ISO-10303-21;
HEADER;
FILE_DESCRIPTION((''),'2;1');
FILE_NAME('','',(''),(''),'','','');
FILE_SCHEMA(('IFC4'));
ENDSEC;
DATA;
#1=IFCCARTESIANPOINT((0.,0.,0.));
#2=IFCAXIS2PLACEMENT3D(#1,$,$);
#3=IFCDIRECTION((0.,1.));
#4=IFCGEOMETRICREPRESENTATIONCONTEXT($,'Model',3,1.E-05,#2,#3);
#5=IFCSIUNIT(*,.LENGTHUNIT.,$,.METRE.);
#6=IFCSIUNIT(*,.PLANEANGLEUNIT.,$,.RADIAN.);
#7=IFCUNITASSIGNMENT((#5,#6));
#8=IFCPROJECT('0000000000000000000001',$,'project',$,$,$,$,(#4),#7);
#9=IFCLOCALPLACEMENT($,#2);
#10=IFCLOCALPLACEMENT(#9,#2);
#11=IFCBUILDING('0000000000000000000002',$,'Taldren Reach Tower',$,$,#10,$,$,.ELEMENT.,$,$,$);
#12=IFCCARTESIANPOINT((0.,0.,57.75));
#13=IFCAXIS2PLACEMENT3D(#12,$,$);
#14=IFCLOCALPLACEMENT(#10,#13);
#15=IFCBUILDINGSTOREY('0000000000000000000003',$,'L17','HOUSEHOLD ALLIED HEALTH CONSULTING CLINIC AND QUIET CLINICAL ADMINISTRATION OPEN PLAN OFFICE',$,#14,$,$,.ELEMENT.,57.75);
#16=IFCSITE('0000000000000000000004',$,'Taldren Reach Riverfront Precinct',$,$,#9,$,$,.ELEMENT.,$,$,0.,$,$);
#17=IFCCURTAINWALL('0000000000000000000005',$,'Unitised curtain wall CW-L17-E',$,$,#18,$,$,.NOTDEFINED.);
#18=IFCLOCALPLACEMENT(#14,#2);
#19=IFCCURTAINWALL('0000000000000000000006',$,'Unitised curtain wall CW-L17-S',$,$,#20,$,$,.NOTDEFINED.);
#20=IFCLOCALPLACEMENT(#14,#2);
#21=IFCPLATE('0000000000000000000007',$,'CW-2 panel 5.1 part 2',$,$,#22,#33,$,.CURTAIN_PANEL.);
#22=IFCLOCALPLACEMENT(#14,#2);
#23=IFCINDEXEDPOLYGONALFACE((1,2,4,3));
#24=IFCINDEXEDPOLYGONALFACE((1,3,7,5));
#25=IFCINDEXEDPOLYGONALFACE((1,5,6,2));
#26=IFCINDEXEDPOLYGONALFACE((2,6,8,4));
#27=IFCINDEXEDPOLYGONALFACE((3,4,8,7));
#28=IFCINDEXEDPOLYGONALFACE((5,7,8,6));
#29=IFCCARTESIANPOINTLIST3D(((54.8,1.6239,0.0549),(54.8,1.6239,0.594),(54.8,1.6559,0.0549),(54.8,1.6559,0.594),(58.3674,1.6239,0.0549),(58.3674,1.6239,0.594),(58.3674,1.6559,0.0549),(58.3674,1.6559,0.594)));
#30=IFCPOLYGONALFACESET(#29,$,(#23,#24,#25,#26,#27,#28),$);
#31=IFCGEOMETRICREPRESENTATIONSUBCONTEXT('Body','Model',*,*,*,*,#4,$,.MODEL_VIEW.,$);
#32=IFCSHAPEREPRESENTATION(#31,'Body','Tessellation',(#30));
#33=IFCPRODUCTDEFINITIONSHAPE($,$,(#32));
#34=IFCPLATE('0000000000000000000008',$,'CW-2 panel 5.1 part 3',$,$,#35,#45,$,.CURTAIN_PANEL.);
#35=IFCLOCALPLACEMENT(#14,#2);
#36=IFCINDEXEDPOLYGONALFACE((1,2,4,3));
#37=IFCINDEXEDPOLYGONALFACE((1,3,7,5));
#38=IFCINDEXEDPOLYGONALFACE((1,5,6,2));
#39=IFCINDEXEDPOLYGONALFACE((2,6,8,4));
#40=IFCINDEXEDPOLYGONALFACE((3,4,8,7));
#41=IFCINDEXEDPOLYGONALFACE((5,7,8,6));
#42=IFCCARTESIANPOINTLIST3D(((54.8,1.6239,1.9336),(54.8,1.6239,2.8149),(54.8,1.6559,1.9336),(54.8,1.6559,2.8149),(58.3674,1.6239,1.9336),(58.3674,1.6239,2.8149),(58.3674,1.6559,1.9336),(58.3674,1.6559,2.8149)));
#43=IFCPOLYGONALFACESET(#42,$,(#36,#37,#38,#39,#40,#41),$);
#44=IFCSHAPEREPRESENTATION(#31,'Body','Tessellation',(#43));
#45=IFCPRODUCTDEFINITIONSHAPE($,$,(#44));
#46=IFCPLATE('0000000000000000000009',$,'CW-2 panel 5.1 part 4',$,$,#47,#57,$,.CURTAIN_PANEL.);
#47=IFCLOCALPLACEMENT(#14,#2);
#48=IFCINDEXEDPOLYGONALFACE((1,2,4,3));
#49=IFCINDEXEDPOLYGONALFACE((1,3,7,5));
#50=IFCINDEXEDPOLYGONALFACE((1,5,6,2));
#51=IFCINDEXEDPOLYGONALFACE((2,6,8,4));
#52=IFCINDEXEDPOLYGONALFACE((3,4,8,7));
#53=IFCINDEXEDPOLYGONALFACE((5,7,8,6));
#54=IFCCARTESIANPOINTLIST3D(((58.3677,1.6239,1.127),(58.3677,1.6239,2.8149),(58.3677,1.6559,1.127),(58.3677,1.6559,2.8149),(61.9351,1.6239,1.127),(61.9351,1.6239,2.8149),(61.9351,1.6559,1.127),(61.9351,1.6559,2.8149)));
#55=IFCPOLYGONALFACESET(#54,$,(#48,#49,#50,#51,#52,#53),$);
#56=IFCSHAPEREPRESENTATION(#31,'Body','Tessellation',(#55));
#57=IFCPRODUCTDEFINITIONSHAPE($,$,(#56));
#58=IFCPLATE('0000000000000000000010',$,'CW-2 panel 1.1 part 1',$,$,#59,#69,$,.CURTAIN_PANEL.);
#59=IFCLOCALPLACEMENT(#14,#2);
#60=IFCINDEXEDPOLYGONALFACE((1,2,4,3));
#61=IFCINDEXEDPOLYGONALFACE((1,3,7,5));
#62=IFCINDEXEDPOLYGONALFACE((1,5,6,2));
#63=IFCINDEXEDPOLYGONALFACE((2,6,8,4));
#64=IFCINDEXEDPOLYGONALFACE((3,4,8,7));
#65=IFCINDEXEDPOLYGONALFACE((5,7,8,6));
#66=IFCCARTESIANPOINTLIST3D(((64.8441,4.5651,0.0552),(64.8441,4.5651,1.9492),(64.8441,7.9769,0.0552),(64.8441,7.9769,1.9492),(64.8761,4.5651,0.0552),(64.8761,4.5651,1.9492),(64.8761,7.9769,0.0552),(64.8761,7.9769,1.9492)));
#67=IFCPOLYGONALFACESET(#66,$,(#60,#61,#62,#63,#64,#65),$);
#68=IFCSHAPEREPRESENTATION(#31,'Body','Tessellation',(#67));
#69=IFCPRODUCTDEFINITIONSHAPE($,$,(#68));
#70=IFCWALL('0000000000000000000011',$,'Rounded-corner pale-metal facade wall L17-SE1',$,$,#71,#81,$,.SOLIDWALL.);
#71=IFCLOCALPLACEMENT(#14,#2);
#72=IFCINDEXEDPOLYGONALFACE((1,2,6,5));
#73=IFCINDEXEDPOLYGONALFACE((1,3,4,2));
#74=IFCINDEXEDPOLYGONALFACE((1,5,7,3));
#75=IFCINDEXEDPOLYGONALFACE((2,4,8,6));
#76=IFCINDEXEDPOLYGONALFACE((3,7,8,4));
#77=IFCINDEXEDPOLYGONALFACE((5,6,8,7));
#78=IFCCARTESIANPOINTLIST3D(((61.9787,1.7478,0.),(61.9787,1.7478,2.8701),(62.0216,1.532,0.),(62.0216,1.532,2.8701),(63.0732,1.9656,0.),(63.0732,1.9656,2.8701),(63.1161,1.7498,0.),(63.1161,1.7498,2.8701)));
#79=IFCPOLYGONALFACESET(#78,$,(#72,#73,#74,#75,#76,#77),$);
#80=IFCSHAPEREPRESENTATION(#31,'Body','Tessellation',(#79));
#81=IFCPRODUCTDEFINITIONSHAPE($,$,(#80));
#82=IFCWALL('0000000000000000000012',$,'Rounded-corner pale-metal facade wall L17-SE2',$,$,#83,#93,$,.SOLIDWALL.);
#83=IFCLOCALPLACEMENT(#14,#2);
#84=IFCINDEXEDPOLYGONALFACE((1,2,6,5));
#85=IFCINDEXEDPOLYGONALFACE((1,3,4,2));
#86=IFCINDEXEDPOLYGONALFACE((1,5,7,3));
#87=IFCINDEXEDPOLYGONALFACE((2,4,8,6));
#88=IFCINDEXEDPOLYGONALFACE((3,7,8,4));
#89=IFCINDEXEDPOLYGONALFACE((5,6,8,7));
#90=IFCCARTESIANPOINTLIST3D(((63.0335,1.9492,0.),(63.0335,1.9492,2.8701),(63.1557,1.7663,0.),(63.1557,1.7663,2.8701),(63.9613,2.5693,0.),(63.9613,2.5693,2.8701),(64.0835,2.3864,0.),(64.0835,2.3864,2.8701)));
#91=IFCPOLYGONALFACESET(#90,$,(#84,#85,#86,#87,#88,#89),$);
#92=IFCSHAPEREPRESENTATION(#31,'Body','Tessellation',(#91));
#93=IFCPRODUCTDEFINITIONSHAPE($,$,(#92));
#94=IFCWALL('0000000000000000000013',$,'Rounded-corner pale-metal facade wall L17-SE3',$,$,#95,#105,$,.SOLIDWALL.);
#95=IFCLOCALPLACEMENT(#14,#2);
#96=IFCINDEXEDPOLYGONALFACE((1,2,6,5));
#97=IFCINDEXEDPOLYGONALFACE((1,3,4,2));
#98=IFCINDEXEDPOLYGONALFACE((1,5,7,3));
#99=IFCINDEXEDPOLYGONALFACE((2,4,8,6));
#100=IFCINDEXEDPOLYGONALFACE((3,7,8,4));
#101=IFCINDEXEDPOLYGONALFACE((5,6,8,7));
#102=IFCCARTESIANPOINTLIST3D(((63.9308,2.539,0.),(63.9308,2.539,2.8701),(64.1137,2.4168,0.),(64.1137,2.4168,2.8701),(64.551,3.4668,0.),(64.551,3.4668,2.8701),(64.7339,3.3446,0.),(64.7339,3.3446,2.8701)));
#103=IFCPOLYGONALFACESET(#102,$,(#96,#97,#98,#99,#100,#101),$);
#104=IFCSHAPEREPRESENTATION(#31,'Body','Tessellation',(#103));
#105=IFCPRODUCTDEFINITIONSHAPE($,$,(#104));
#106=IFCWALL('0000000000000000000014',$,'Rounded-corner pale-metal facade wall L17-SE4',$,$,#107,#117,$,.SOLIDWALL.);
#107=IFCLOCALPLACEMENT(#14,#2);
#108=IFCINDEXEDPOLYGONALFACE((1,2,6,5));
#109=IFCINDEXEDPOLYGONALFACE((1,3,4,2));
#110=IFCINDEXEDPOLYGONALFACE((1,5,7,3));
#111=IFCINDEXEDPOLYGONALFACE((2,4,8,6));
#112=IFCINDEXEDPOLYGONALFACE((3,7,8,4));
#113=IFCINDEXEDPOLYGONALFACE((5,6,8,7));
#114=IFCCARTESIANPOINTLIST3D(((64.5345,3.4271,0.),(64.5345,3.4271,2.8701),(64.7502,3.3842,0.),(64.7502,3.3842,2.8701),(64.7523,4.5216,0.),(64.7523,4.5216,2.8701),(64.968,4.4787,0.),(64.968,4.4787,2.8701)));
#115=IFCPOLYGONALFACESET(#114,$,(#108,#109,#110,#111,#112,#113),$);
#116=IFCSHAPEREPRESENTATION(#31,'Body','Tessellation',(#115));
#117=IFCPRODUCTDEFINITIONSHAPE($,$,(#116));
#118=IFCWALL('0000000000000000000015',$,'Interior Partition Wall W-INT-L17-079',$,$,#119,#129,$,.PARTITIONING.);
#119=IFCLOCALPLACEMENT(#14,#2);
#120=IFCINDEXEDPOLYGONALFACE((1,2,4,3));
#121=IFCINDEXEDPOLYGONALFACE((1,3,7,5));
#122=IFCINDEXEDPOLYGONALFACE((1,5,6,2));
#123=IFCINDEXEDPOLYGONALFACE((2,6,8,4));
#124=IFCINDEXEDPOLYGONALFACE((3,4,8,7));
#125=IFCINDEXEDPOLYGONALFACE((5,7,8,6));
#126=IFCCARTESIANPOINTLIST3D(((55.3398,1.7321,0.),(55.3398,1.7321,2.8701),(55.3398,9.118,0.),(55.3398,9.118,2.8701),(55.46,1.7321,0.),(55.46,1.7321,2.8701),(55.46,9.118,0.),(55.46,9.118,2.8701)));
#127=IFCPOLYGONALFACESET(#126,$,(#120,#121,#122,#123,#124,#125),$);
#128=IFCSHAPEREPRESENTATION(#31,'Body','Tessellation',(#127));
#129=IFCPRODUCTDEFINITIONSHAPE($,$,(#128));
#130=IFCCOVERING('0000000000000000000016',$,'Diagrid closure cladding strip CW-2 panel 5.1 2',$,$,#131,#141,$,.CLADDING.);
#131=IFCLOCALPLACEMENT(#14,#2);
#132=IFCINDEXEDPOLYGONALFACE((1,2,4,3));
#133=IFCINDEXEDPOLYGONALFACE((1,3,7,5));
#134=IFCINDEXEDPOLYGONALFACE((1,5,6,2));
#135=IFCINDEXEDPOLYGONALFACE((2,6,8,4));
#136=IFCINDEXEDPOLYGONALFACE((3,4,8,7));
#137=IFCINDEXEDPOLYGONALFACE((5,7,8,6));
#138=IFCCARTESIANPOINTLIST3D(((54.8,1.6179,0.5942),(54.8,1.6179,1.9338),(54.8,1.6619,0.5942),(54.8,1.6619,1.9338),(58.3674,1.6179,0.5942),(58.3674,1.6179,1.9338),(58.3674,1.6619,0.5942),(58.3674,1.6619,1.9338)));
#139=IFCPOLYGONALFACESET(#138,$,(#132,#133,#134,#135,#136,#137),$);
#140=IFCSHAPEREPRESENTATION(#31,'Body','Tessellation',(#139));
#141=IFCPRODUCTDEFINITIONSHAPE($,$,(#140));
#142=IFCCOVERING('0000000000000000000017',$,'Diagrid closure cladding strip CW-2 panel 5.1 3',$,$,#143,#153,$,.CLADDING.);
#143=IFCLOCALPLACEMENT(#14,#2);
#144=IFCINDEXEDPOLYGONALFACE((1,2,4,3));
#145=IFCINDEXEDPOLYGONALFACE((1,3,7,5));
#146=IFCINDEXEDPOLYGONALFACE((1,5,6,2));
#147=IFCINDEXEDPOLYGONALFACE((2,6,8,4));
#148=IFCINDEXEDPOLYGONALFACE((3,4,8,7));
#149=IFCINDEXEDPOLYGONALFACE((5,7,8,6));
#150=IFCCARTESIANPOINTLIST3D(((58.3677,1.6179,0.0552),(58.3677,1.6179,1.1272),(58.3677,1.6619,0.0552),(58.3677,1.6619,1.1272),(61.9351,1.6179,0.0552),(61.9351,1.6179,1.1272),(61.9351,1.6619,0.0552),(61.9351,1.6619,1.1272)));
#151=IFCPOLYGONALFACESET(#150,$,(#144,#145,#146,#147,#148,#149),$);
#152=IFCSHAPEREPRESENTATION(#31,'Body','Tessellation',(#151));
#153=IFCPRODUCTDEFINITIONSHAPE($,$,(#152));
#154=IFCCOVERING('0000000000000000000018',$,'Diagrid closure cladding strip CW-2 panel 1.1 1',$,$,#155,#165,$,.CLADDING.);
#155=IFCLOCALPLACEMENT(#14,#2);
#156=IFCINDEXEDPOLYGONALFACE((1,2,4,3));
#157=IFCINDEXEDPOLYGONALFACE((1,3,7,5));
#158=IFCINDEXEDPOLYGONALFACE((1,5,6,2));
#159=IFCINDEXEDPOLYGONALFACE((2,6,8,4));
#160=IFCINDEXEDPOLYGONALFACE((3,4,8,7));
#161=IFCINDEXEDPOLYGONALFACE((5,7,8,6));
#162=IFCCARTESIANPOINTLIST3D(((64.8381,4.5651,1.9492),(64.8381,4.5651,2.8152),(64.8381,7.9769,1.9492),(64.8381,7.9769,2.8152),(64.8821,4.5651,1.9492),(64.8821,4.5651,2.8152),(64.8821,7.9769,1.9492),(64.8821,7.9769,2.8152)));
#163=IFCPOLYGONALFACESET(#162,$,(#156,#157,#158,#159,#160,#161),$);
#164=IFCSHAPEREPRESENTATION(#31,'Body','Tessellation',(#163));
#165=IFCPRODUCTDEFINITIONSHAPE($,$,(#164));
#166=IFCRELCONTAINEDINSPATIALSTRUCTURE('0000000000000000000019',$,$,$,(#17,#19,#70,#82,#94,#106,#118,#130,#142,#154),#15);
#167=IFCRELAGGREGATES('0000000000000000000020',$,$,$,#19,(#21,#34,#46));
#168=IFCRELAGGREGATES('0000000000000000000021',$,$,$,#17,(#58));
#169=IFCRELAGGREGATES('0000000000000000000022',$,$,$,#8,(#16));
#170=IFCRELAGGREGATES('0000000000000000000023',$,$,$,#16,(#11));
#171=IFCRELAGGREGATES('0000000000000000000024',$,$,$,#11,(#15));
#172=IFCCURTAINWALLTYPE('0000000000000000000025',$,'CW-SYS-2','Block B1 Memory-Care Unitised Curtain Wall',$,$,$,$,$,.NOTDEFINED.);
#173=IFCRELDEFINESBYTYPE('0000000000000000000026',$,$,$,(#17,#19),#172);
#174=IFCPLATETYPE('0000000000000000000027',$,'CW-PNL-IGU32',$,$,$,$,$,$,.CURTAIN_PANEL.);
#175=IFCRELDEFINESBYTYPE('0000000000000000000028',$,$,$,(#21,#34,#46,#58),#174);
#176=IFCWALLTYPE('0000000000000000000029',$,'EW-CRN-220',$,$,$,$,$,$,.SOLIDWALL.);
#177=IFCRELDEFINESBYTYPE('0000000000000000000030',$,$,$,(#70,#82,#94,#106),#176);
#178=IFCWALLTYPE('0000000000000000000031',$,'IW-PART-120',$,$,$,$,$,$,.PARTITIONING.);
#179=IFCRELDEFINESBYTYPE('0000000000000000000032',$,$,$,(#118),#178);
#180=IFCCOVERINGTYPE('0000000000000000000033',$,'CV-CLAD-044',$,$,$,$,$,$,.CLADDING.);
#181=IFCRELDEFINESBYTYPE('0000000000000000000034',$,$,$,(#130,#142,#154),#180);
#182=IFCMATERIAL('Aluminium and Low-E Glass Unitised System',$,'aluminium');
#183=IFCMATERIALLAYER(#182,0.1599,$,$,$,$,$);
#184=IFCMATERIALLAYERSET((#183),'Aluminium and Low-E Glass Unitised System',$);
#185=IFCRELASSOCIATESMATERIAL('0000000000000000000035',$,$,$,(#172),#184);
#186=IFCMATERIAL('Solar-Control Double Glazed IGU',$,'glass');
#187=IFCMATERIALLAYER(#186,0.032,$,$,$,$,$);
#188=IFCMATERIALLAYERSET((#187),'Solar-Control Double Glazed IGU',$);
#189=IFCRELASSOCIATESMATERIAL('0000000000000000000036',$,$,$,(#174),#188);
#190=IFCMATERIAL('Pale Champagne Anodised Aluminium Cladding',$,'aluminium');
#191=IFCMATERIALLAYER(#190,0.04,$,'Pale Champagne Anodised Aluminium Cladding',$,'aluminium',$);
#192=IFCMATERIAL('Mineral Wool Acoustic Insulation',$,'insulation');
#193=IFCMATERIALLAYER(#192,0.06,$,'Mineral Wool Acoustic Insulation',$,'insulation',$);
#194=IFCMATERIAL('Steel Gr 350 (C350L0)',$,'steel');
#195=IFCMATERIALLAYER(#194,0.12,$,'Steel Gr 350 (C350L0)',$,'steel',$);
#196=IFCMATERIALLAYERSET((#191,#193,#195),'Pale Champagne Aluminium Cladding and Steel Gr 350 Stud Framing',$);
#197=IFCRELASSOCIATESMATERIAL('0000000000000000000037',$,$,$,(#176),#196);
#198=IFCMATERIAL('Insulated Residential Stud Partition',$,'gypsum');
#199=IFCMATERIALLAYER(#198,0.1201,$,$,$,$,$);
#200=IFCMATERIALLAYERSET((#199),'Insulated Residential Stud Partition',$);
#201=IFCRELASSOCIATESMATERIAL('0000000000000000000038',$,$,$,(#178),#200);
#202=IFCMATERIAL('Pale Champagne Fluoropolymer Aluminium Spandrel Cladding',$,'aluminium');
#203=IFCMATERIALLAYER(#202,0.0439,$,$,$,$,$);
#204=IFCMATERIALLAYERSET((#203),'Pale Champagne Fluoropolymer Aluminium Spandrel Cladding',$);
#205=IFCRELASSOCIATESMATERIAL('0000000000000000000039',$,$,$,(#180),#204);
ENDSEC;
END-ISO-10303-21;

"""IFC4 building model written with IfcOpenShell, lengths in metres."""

from ifc_helpers import new_model, si_unit, direction, frame, frame_2d, origin, origin_2d, place, context, subcontext, project, spatial, rectangle, extrude, source, transform, mapped, material, layer, layer_set, type_object, element, aggregate, save


model = new_model("IFC4")

# Units and contexts
model_context = context("Model", 3, precision=1e-05, world=origin(), true_north=direction((0.0, 1.0)))
body_context = subcontext(model_context, "Body", "Model", "MODEL_VIEW")
ifc_project = project(units=[si_unit("LENGTHUNIT", "METRE"), si_unit("PLANEANGLEUNIT", "RADIAN")], contexts=[model_context])

# Site, building, storey
site_placement = place(None, origin())
site = spatial("IfcSite", under=ifc_project, at=site_placement, Name="Taldren Reach Riverfront Precinct", CompositionType="ELEMENT", RefElevation=0.0)
building_placement = place(site_placement, origin())
building = spatial("IfcBuilding", under=site, at=building_placement, Name="Taldren Reach Tower", CompositionType="ELEMENT")
storey_placement = place(building_placement, frame((0.0, 0.0, 57.75)))
storey = spatial("IfcBuildingStorey", under=building, at=storey_placement, Name="L17", Description="HOUSEHOLD ALLIED HEALTH CONSULTING CLINIC AND QUIET CLINICAL ADMINISTRATION OPEN PLAN OFFICE", CompositionType="ELEMENT", Elevation=57.75)

# Shared definitions
ifc_material_1 = material(Name="Steel Gr 350 (C350L0)", Category="steel")

# Curtain wall
ifc_material_2 = material(Name="Aluminium and Low-E Glass Unitised System", Category="aluminium")
ifc_layer_1 = layer(ifc_material_2, 0.1599)
ifc_layer_set_1 = layer_set([ifc_layer_1], Name="Aluminium and Low-E Glass Unitised System")
curtain_wall_type = type_object("IfcCurtainWallType", Name="CW-SYS-2", Description="Block B1 Memory-Care Unitised Curtain Wall", PredefinedType="NOTDEFINED", material=ifc_layer_set_1)
curtain_wall_1_placement = place(storey_placement, origin())
curtain_wall_1 = element("IfcCurtainWall", 1, at=curtain_wall_1_placement, inside=storey, type_object=curtain_wall_type, Name="Unitised curtain wall CW-L17-E", PredefinedType="NOTDEFINED")

# Curtain wall
curtain_wall_2_placement = place(storey_placement, origin())
curtain_wall_2 = element("IfcCurtainWall", 2, at=curtain_wall_2_placement, inside=storey, type_object=curtain_wall_type, Name="Unitised curtain wall CW-L17-S", PredefinedType="NOTDEFINED")

# Plates
ifc_material_3 = material(Name="Solar-Control Double Glazed IGU", Category="glass")
ifc_layer_2 = layer(ifc_material_3, 0.032)
ifc_layer_set_2 = layer_set([ifc_layer_2], Name="Solar-Control Double Glazed IGU")
plate_type_1 = type_object("IfcPlateType", Name="CW-PNL-IGU32", PredefinedType="CURTAIN_PANEL", material=ifc_layer_set_2)
shared_shape_1 = source(origin(), body_context, "Body", "SweptSolid", [
    extrude(rectangle(XDim=3.5674, YDim=0.032, at=origin_2d()), origin(), (0.0, 0.0, 1.0), 0.5391),
])
plate_1_placement = place(storey_placement, frame((56.5837, 1.6399, 0.0549), z_axis=(0.0, 0.0, 1.0), x_axis=(1.0, 0.0, 0.0)))
plate_1 = element("IfcPlate", 3, at=plate_1_placement, type_object=plate_type_1, Name="CW-2 panel 5.1 part 2", PredefinedType="CURTAIN_PANEL", context=body_context, shape_type="MappedRepresentation", body=[
    mapped(shared_shape_1, transform((0.0, 0.0, 0.0), scale=1.0)),
])
shared_shape_2 = source(origin(), body_context, "Body", "SweptSolid", [
    extrude(rectangle(XDim=3.5674, YDim=0.032, at=origin_2d()), origin(), (0.0, 0.0, 1.0), 0.8813),
])
plate_2_placement = place(storey_placement, frame((56.5837, 1.6399, 1.9336), z_axis=(0.0, 0.0, 1.0), x_axis=(1.0, 0.0, 0.0)))
plate_2 = element("IfcPlate", 4, at=plate_2_placement, type_object=plate_type_1, Name="CW-2 panel 5.1 part 3", PredefinedType="CURTAIN_PANEL", context=body_context, shape_type="MappedRepresentation", body=[
    mapped(shared_shape_2, transform((0.0, 0.0, 0.0), scale=1.0)),
])
shared_shape_3 = source(origin(), body_context, "Body", "SweptSolid", [
    extrude(rectangle(XDim=3.5674, YDim=0.032, at=origin_2d()), origin(), (0.0, 0.0, 1.0), 1.688),
])
plate_3_placement = place(storey_placement, frame((60.1514, 1.6399, 1.127), z_axis=(0.0, 0.0, 1.0), x_axis=(1.0, 0.0, 0.0)))
plate_3 = element("IfcPlate", 5, at=plate_3_placement, type_object=plate_type_1, Name="CW-2 panel 5.1 part 4", PredefinedType="CURTAIN_PANEL", context=body_context, shape_type="MappedRepresentation", body=[
    mapped(shared_shape_3, transform((0.0, 0.0, 0.0), scale=1.0)),
])
aggregate(curtain_wall_2, [plate_1, plate_2, plate_3])
shared_shape_4 = source(origin(), body_context, "Body", "SweptSolid", [
    extrude(rectangle(XDim=3.4119, YDim=0.032, at=origin_2d()), origin(), (0.0, 0.0, 1.0), 1.894),
])
plate_4_placement = place(storey_placement, frame((64.8601, 6.271, 0.0552), z_axis=(0.0, 0.0, 1.0), x_axis=(0.0, 1.0, 0.0)))
plate_4 = element("IfcPlate", 6, at=plate_4_placement, type_object=plate_type_1, Name="CW-2 panel 1.1 part 1", PredefinedType="CURTAIN_PANEL", context=body_context, shape_type="MappedRepresentation", body=[
    mapped(shared_shape_4, transform((0.0, 0.0, 0.0), scale=1.0)),
])
aggregate(curtain_wall_1, [plate_4])

# Walls
ifc_material_4 = material(Name="Pale Champagne Anodised Aluminium Cladding", Category="aluminium")
ifc_layer_3 = layer(ifc_material_4, 0.04, Name="Pale Champagne Anodised Aluminium Cladding", Category="aluminium")
ifc_material_5 = material(Name="Mineral Wool Acoustic Insulation", Category="insulation")
ifc_layer_4 = layer(ifc_material_5, 0.06, Name="Mineral Wool Acoustic Insulation", Category="insulation")
ifc_layer_5 = layer(ifc_material_1, 0.12, Name="Steel Gr 350 (C350L0)", Category="steel")
ifc_layer_set_3 = layer_set([ifc_layer_3, ifc_layer_4, ifc_layer_5], Name="Pale Champagne Aluminium Cladding and Steel Gr 350 Stud Framing")
wall_type_1 = type_object("IfcWallType", Name="EW-CRN-220", PredefinedType="SOLIDWALL", material=ifc_layer_set_3)
shared_shape_5 = source(origin(), body_context, "Body", "SweptSolid", [
    extrude(rectangle(XDim=1.116, YDim=0.22, at=frame_2d((0.5581, 0.0))), origin(), (0.0, 0.0, 1.0), 2.8701),
])
for number, where, z_axis, x_axis, name in (
    (7, (62.0, 1.6399, 0.0), (0.0, 0.0, 1.0), (0.980774, 0.195148, 0.0), "Rounded-corner pale-metal facade wall L17-SE1"),
    (8, (63.0945, 1.8577, 0.0), (0.0, 0.0, 1.0), (0.831377, 0.55571, 0.0), "Rounded-corner pale-metal facade wall L17-SE2"),
    (9, (64.0222, 2.4778, 0.0), (0.0, 0.0, 1.0), (0.55571, 0.831377, 0.0), "Rounded-corner pale-metal facade wall L17-SE3"),
    (10, (64.6423, 3.4055, 0.0), (0.0, 0.0, 1.0), (0.195148, 0.980774, 0.0), "Rounded-corner pale-metal facade wall L17-SE4"),
):
    element("IfcWall", number, at=place(storey_placement, frame(where, z_axis=z_axis, x_axis=x_axis)), inside=storey, type_object=wall_type_1, Name=name, PredefinedType="SOLIDWALL", context=body_context, shape_type="MappedRepresentation", body=[
        mapped(shared_shape_5, transform((0.0, 0.0, 0.0), scale=1.0)),
    ])
ifc_material_6 = material(Name="Insulated Residential Stud Partition", Category="gypsum")
ifc_layer_6 = layer(ifc_material_6, 0.1201)
ifc_layer_set_4 = layer_set([ifc_layer_6], Name="Insulated Residential Stud Partition")
wall_type_2 = type_object("IfcWallType", Name="IW-PART-120", PredefinedType="PARTITIONING", material=ifc_layer_set_4)
shared_shape_6 = source(origin(), body_context, "Body", "SweptSolid", [
    extrude(rectangle(XDim=7.386, YDim=0.1201, at=frame_2d((3.6929, 0.0))), origin(), (0.0, 0.0, 1.0), 2.8701),
])
wall_placement = place(storey_placement, frame((55.3999, 9.1179, 0.0), z_axis=(0.0, 0.0, 1.0), x_axis=(0.0, -1.0, 0.0)))
element("IfcWall", 11, at=wall_placement, inside=storey, type_object=wall_type_2, Name="Interior Partition Wall W-INT-L17-079", PredefinedType="PARTITIONING", context=body_context, shape_type="MappedRepresentation", body=[
    mapped(shared_shape_6, transform((0.0, 0.0, 0.0), scale=1.0)),
])

# Coverings
ifc_material_7 = material(Name="Pale Champagne Fluoropolymer Aluminium Spandrel Cladding", Category="aluminium")
ifc_layer_7 = layer(ifc_material_7, 0.0439)
ifc_layer_set_5 = layer_set([ifc_layer_7], Name="Pale Champagne Fluoropolymer Aluminium Spandrel Cladding")
covering_type = type_object("IfcCoveringType", Name="CV-CLAD-044", PredefinedType="CLADDING", material=ifc_layer_set_5)
shared_shape_7 = source(origin(), body_context, "Body", "SweptSolid", [
    extrude(rectangle(XDim=3.5674, YDim=0.0439, at=origin_2d()), origin(), (0.0, 0.0, 1.0), 1.3396),
])
covering_1_placement = place(storey_placement, frame((56.5837, 1.6399, 0.5942), z_axis=(0.0, 0.0, 1.0), x_axis=(1.0, 0.0, 0.0)))
element("IfcCovering", 12, at=covering_1_placement, inside=storey, type_object=covering_type, Name="Diagrid closure cladding strip CW-2 panel 5.1 2", PredefinedType="CLADDING", context=body_context, shape_type="MappedRepresentation", body=[
    mapped(shared_shape_7, transform((0.0, 0.0, 0.0), scale=1.0)),
])
shared_shape_8 = source(origin(), body_context, "Body", "SweptSolid", [
    extrude(rectangle(XDim=3.5674, YDim=0.0439, at=origin_2d()), origin(), (0.0, 0.0, 1.0), 1.072),
])
covering_2_placement = place(storey_placement, frame((60.1514, 1.6399, 0.0552), z_axis=(0.0, 0.0, 1.0), x_axis=(1.0, 0.0, 0.0)))
element("IfcCovering", 13, at=covering_2_placement, inside=storey, type_object=covering_type, Name="Diagrid closure cladding strip CW-2 panel 5.1 3", PredefinedType="CLADDING", context=body_context, shape_type="MappedRepresentation", body=[
    mapped(shared_shape_8, transform((0.0, 0.0, 0.0), scale=1.0)),
])
shared_shape_9 = source(origin(), body_context, "Body", "SweptSolid", [
    extrude(rectangle(XDim=3.4119, YDim=0.0439, at=origin_2d()), origin(), (0.0, 0.0, 1.0), 0.866),
])
covering_3_placement = place(storey_placement, frame((64.8601, 6.271, 1.9492), z_axis=(0.0, 0.0, 1.0), x_axis=(0.0, 1.0, 0.0)))
element("IfcCovering", 14, at=covering_3_placement, inside=storey, type_object=covering_type, Name="Diagrid closure cladding strip CW-2 panel 1.1 1", PredefinedType="CLADDING", context=body_context, shape_type="MappedRepresentation", body=[
    mapped(shared_shape_9, transform((0.0, 0.0, 0.0), scale=1.0)),
])

save(model, "model.ifc")
